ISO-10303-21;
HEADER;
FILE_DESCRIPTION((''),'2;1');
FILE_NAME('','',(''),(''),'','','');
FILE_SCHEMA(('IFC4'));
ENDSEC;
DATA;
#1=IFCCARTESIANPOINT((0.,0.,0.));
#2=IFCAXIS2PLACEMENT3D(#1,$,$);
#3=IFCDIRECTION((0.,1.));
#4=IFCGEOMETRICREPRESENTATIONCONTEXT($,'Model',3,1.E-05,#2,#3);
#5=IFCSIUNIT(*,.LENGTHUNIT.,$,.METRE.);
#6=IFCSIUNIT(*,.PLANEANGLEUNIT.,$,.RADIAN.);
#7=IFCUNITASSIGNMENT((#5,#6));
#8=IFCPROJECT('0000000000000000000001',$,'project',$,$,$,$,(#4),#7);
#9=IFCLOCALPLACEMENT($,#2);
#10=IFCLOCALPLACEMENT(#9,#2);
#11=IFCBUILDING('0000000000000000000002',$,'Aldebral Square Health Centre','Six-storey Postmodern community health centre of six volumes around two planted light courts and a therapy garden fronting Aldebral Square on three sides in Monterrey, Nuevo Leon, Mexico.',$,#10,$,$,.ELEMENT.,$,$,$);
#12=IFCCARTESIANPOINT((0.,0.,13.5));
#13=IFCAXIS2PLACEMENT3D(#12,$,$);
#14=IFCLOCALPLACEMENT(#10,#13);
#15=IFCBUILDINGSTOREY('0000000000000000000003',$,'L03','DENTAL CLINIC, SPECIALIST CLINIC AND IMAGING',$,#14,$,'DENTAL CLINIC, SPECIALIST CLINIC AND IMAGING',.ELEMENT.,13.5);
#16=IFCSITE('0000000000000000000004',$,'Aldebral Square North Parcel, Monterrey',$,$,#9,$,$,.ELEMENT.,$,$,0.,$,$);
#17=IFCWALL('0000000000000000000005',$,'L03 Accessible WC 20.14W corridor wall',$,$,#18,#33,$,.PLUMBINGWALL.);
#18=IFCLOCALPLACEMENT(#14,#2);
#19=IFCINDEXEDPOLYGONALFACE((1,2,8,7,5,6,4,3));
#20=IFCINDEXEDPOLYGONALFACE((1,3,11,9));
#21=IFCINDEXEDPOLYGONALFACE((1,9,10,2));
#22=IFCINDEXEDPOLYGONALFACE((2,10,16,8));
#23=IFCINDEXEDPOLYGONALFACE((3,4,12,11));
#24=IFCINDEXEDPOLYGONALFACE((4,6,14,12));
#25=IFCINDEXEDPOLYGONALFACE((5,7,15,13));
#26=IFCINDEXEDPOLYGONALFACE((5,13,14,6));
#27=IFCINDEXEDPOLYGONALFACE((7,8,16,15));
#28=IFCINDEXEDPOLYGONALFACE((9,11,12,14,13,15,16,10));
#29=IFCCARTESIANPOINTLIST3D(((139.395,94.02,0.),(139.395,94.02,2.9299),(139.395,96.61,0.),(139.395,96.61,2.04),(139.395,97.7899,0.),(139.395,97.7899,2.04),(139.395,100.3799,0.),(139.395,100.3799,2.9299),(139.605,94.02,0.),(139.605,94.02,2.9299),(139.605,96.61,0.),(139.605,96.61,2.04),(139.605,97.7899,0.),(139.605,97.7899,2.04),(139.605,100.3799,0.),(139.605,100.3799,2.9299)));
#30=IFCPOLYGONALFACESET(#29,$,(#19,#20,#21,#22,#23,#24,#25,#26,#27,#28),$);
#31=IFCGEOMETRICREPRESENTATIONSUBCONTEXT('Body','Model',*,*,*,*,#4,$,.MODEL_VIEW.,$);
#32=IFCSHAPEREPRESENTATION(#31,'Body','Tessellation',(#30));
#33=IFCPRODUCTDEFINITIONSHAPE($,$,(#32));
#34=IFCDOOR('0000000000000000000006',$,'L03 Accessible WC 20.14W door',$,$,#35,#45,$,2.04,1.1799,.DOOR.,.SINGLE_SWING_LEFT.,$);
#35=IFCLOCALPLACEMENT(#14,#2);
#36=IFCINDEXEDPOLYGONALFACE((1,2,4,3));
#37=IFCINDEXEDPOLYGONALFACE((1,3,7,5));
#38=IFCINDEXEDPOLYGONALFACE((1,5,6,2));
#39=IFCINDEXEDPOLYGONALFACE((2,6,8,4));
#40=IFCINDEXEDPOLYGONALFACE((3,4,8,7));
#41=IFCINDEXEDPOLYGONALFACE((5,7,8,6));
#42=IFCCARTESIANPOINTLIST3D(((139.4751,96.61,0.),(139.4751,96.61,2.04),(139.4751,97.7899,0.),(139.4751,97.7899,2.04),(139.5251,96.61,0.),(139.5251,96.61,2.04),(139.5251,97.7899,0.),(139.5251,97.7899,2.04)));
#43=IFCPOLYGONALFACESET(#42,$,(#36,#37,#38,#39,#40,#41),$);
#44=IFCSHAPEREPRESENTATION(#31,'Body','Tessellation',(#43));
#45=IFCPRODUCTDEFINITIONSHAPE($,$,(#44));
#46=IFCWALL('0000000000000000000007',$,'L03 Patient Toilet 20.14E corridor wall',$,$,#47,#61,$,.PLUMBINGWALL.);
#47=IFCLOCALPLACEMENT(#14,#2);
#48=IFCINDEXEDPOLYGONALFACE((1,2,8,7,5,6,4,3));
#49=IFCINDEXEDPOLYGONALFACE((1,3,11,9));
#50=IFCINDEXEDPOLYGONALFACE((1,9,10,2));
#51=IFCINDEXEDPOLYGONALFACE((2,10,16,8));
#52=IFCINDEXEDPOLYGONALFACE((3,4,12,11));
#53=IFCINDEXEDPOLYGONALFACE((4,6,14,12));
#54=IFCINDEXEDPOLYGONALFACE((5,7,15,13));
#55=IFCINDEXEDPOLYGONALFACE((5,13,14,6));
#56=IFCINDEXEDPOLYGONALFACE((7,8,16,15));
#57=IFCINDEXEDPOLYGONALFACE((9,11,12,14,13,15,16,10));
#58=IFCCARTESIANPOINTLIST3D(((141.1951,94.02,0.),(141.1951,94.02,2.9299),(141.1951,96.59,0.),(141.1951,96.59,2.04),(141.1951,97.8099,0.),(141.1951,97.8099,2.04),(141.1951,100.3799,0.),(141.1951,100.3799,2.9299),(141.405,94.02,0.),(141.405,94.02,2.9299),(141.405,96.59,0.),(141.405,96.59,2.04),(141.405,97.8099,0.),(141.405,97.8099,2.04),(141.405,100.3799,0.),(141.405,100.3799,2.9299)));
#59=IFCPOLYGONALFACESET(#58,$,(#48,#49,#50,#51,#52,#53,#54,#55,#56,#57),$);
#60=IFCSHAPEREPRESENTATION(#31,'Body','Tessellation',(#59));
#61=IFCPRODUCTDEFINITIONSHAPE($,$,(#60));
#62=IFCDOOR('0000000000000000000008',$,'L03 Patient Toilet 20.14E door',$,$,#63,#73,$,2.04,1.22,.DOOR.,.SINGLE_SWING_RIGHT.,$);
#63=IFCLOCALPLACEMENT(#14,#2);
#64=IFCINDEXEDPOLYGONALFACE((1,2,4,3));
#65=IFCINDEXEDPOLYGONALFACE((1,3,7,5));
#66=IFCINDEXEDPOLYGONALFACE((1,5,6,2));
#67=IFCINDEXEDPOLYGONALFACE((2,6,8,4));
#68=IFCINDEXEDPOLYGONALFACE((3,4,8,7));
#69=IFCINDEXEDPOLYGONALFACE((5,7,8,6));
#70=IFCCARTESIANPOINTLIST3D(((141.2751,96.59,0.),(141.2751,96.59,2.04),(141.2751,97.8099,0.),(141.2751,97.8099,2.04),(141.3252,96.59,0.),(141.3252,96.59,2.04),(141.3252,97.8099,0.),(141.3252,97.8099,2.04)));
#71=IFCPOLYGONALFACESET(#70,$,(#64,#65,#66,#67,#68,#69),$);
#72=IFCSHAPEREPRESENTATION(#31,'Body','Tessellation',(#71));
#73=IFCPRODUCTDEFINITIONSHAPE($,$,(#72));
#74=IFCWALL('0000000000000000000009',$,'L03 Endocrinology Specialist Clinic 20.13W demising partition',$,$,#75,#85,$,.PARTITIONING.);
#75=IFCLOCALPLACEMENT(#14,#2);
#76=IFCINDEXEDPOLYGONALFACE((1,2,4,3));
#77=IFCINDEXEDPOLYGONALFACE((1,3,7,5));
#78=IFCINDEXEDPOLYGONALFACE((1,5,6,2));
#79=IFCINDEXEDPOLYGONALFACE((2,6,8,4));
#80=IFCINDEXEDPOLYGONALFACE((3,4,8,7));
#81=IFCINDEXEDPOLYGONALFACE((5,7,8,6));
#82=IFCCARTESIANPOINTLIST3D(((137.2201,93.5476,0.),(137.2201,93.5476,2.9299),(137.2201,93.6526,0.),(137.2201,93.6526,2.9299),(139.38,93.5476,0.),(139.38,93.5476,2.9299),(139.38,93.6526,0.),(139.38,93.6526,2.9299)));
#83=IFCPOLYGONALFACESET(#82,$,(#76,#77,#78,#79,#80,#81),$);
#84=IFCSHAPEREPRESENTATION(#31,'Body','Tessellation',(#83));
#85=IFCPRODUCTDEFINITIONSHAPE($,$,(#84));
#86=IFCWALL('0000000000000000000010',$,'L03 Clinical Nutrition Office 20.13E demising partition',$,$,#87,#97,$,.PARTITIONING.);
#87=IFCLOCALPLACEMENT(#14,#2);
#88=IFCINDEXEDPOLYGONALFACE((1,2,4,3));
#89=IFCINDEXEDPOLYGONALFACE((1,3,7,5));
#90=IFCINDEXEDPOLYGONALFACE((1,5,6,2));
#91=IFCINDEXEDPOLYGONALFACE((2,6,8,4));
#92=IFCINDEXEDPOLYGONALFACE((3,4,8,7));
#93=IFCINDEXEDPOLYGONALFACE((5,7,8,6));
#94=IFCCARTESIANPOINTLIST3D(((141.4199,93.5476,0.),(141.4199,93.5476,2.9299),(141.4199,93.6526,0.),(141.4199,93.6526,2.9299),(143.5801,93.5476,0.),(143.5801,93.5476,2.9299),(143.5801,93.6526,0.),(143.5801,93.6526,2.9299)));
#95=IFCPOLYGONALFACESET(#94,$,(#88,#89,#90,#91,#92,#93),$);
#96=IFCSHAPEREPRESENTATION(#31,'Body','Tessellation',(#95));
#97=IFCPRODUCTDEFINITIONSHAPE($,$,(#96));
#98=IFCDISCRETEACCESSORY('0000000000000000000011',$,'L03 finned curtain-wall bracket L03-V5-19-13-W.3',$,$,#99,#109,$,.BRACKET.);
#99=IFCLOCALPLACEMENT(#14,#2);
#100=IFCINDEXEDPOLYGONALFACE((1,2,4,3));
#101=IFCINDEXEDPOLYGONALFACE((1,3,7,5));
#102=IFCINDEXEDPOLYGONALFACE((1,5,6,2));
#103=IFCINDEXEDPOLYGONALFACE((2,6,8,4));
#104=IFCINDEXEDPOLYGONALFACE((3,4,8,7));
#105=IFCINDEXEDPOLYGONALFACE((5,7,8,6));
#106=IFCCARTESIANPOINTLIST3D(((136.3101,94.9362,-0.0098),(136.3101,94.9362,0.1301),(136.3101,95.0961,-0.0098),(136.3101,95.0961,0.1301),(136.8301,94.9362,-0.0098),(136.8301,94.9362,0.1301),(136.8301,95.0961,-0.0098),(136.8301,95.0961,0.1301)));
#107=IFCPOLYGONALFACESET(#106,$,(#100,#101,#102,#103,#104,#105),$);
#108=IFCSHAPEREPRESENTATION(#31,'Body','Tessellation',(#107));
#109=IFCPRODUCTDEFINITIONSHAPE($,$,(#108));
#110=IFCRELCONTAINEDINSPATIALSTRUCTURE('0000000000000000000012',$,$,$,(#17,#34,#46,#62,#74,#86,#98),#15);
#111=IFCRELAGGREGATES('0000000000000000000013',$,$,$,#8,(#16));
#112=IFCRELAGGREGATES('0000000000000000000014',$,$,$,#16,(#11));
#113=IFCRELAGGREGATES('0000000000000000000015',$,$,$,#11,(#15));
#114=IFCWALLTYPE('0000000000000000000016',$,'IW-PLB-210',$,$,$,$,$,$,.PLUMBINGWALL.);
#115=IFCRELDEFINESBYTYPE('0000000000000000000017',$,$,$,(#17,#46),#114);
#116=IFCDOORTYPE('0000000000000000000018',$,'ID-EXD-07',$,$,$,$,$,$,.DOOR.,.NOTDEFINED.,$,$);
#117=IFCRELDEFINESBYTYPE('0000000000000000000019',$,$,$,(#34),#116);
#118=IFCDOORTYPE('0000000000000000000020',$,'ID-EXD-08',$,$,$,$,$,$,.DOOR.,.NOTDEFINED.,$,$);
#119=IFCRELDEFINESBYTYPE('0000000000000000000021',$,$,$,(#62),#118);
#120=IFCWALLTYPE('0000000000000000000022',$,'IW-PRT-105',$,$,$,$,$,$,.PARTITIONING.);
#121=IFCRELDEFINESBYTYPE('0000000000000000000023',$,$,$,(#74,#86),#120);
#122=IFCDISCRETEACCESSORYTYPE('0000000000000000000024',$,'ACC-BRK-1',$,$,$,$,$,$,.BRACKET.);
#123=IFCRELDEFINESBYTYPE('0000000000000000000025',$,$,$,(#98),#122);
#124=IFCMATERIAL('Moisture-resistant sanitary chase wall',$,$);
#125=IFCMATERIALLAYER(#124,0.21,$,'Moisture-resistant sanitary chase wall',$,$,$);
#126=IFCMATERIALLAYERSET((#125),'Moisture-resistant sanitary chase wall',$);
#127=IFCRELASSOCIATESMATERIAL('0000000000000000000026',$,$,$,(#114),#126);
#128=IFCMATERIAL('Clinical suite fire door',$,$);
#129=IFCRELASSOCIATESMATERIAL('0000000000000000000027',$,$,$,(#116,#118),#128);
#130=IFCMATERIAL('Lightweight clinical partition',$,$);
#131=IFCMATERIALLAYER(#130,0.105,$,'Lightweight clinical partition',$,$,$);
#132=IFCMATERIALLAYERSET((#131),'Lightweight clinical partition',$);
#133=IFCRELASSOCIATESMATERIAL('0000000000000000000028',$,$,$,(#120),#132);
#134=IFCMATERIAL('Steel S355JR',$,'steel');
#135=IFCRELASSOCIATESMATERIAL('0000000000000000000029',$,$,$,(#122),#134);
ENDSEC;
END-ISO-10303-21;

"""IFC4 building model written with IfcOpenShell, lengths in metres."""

from ifc_helpers import new_model, si_unit, direction, frame, frame_2d, origin, origin_2d, place, context, subcontext, project, spatial, rectangle, extrude, material, layer, layer_set, type_object, element, fill, save


model = new_model("IFC4")

# Units and contexts
model_context = context("Model", 3, precision=1e-05, world=origin(), true_north=direction((0.0, 1.0)))
body_context = subcontext(model_context, "Body", "Model", "MODEL_VIEW")
ifc_project = project(units=[si_unit("LENGTHUNIT", "METRE"), si_unit("PLANEANGLEUNIT", "RADIAN")], contexts=[model_context])

# Site, building, storey
site_placement = place(None, origin())
site = spatial("IfcSite", under=ifc_project, at=site_placement, Name="Aldebral Square North Parcel, Monterrey", CompositionType="ELEMENT", RefElevation=0.0)
building_placement = place(site_placement, origin())
building = spatial("IfcBuilding", under=site, at=building_placement, Name="Aldebral Square Health Centre", Description="Six-storey Postmodern community health centre of six volumes around two planted light courts and a therapy garden fronting Aldebral Square on three sides in Monterrey, Nuevo Leon, Mexico.", CompositionType="ELEMENT")
storey_placement = place(building_placement, frame((0.0, 0.0, 13.5)))
storey = spatial("IfcBuildingStorey", under=building, at=storey_placement, Name="L03", Description="DENTAL CLINIC, SPECIALIST CLINIC AND IMAGING", LongName="DENTAL CLINIC, SPECIALIST CLINIC AND IMAGING", CompositionType="ELEMENT", Elevation=13.5)

# Walls, openings, doors
ifc_material_1 = material(Name="Moisture-resistant sanitary chase wall")
ifc_layer_1 = layer(ifc_material_1, 0.21, Name="Moisture-resistant sanitary chase wall")
ifc_layer_set_1 = layer_set([ifc_layer_1], Name="Moisture-resistant sanitary chase wall")
wall_type_1 = type_object("IfcWallType", Name="IW-PLB-210", PredefinedType="PLUMBINGWALL", material=ifc_layer_set_1)
wall_1_placement = place(storey_placement, frame((139.5, 94.02, 0.0), z_axis=(0.0, 0.0, 1.0), x_axis=(0.0, 1.0, 0.0)))
wall_1 = element("IfcWall", 1, at=wall_1_placement, inside=storey, type_object=wall_type_1, Name="L03 Accessible WC 20.14W corridor wall", PredefinedType="PLUMBINGWALL", context=body_context, shape_type="SweptSolid", body=[
    extrude(rectangle(XDim=6.3599, YDim=0.21, at=frame_2d((3.1799, 0.0))), origin(), (0.0, 0.0, 1.0), 2.9299),
])
opening_1_placement = place(wall_1_placement, frame((2.5901, 0.0, 0.0)))
opening_1 = element("IfcOpeningElement", 2, at=opening_1_placement, cuts=wall_1, PredefinedType="OPENING", context=body_context, shape_type="SweptSolid", body=[
    extrude(rectangle(XDim=1.1799, YDim=2.04, at=frame_2d((0.5898, 1.02))), frame((0.0, 0.115, 0.0), z_axis=(0.0, -1.0, 0.0), x_axis=(1.0, 0.0, 0.0)), (0.0, 0.0, 1.0), 0.23),
])
ifc_material_2 = material(Name="Clinical suite fire door")
door_type_1 = type_object("IfcDoorType", Name="ID-EXD-07", OperationType="NOTDEFINED", PredefinedType="DOOR", material=ifc_material_2)
door_1_placement = place(opening_1_placement, origin())
door_1 = element("IfcDoor", 3, at=door_1_placement, inside=storey, type_object=door_type_1, Name="L03 Accessible WC 20.14W door", OperationType="SINGLE_SWING_LEFT", OverallHeight=2.04, OverallWidth=1.1799, PredefinedType="DOOR", context=body_context, shape_type="SweptSolid", body=[
    extrude(rectangle(XDim=1.1799, YDim=2.04, at=frame_2d((0.5898, 1.02))), frame((0.0, 0.0249, 0.0), z_axis=(0.0, -1.0, 0.0), x_axis=(1.0, 0.0, 0.0)), (0.0, 0.0, 1.0), 0.05),
])
fill(opening_1, door_1)
wall_2_placement = place(storey_placement, frame((141.3, 94.02, 0.0), z_axis=(0.0, 0.0, 1.0), x_axis=(0.0, 1.0, 0.0)))
wall_2 = element("IfcWall", 4, at=wall_2_placement, inside=storey, type_object=wall_type_1, Name="L03 Patient Toilet 20.14E corridor wall", PredefinedType="PLUMBINGWALL", context=body_context, shape_type="SweptSolid", body=[
    extrude(rectangle(XDim=6.3599, YDim=0.21, at=frame_2d((3.1799, 0.0))), origin(), (0.0, 0.0, 1.0), 2.9299),
])
opening_2_placement = place(wall_2_placement, frame((2.5701, 0.0, 0.0)))
opening_2 = element("IfcOpeningElement", 5, at=opening_2_placement, cuts=wall_2, PredefinedType="OPENING", context=body_context, shape_type="SweptSolid", body=[
    extrude(rectangle(XDim=1.22, YDim=2.04, at=frame_2d((0.6099, 1.02))), frame((0.0, 0.115, 0.0), z_axis=(0.0, -1.0, 0.0), x_axis=(1.0, 0.0, 0.0)), (0.0, 0.0, 1.0), 0.23),
])
door_type_2 = type_object("IfcDoorType", Name="ID-EXD-08", OperationType="NOTDEFINED", PredefinedType="DOOR", material=ifc_material_2)
door_2_placement = place(opening_2_placement, origin())
door_2 = element("IfcDoor", 6, at=door_2_placement, inside=storey, type_object=door_type_2, Name="L03 Patient Toilet 20.14E door", OperationType="SINGLE_SWING_RIGHT", OverallHeight=2.04, OverallWidth=1.22, PredefinedType="DOOR", context=body_context, shape_type="SweptSolid", body=[
    extrude(rectangle(XDim=1.22, YDim=2.04, at=frame_2d((0.6099, 1.02))), frame((0.0, 0.0249, 0.0), z_axis=(0.0, -1.0, 0.0), x_axis=(1.0, 0.0, 0.0)), (0.0, 0.0, 1.0), 0.05),
])
fill(opening_2, door_2)

# Walls
ifc_material_3 = material(Name="Lightweight clinical partition")
ifc_layer_2 = layer(ifc_material_3, 0.105, Name="Lightweight clinical partition")
ifc_layer_set_2 = layer_set([ifc_layer_2], Name="Lightweight clinical partition")
wall_type_2 = type_object("IfcWallType", Name="IW-PRT-105", PredefinedType="PARTITIONING", material=ifc_layer_set_2)
wall_3_placement = place(storey_placement, frame((137.22, 93.6001, 0.0), z_axis=(0.0, 0.0, 1.0), x_axis=(1.0, 0.0, 0.0)))
element("IfcWall", 7, at=wall_3_placement, inside=storey, type_object=wall_type_2, Name="L03 Endocrinology Specialist Clinic 20.13W demising partition", PredefinedType="PARTITIONING", context=body_context, shape_type="SweptSolid", body=[
    extrude(rectangle(XDim=2.1599, YDim=0.105, at=frame_2d((1.0801, 0.0))), origin(), (0.0, 0.0, 1.0), 2.9299),
])
wall_4_placement = place(storey_placement, frame((141.4199, 93.6001, 0.0), z_axis=(0.0, 0.0, 1.0), x_axis=(1.0, 0.0, 0.0)))
element("IfcWall", 8, at=wall_4_placement, inside=storey, type_object=wall_type_2, Name="L03 Clinical Nutrition Office 20.13E demising partition", PredefinedType="PARTITIONING", context=body_context, shape_type="SweptSolid", body=[
    extrude(rectangle(XDim=2.1602, YDim=0.105, at=frame_2d((1.0801, 0.0))), origin(), (0.0, 0.0, 1.0), 2.9299),
])

# Discrete accessory
ifc_material_4 = material(Name="Steel S355JR", Category="steel")
discrete_accessory_type = type_object("IfcDiscreteAccessoryType", Name="ACC-BRK-1", PredefinedType="BRACKET", material=ifc_material_4)
discrete_accessory_placement = place(storey_placement, frame((136.5701, 95.0161, -0.0098), z_axis=(0.0, 0.0, 1.0), x_axis=(0.0, 1.0, 0.0)))
element("IfcDiscreteAccessory", 9, at=discrete_accessory_placement, inside=storey, type_object=discrete_accessory_type, Name="L03 finned curtain-wall bracket L03-V5-19-13-W.3", PredefinedType="BRACKET", context=body_context, shape_type="SweptSolid", body=[
    extrude(rectangle(XDim=0.1599, YDim=0.52, at=origin_2d()), origin(), (0.0, 0.0, 1.0), 0.1399),
])

save(model, "model.ifc")
